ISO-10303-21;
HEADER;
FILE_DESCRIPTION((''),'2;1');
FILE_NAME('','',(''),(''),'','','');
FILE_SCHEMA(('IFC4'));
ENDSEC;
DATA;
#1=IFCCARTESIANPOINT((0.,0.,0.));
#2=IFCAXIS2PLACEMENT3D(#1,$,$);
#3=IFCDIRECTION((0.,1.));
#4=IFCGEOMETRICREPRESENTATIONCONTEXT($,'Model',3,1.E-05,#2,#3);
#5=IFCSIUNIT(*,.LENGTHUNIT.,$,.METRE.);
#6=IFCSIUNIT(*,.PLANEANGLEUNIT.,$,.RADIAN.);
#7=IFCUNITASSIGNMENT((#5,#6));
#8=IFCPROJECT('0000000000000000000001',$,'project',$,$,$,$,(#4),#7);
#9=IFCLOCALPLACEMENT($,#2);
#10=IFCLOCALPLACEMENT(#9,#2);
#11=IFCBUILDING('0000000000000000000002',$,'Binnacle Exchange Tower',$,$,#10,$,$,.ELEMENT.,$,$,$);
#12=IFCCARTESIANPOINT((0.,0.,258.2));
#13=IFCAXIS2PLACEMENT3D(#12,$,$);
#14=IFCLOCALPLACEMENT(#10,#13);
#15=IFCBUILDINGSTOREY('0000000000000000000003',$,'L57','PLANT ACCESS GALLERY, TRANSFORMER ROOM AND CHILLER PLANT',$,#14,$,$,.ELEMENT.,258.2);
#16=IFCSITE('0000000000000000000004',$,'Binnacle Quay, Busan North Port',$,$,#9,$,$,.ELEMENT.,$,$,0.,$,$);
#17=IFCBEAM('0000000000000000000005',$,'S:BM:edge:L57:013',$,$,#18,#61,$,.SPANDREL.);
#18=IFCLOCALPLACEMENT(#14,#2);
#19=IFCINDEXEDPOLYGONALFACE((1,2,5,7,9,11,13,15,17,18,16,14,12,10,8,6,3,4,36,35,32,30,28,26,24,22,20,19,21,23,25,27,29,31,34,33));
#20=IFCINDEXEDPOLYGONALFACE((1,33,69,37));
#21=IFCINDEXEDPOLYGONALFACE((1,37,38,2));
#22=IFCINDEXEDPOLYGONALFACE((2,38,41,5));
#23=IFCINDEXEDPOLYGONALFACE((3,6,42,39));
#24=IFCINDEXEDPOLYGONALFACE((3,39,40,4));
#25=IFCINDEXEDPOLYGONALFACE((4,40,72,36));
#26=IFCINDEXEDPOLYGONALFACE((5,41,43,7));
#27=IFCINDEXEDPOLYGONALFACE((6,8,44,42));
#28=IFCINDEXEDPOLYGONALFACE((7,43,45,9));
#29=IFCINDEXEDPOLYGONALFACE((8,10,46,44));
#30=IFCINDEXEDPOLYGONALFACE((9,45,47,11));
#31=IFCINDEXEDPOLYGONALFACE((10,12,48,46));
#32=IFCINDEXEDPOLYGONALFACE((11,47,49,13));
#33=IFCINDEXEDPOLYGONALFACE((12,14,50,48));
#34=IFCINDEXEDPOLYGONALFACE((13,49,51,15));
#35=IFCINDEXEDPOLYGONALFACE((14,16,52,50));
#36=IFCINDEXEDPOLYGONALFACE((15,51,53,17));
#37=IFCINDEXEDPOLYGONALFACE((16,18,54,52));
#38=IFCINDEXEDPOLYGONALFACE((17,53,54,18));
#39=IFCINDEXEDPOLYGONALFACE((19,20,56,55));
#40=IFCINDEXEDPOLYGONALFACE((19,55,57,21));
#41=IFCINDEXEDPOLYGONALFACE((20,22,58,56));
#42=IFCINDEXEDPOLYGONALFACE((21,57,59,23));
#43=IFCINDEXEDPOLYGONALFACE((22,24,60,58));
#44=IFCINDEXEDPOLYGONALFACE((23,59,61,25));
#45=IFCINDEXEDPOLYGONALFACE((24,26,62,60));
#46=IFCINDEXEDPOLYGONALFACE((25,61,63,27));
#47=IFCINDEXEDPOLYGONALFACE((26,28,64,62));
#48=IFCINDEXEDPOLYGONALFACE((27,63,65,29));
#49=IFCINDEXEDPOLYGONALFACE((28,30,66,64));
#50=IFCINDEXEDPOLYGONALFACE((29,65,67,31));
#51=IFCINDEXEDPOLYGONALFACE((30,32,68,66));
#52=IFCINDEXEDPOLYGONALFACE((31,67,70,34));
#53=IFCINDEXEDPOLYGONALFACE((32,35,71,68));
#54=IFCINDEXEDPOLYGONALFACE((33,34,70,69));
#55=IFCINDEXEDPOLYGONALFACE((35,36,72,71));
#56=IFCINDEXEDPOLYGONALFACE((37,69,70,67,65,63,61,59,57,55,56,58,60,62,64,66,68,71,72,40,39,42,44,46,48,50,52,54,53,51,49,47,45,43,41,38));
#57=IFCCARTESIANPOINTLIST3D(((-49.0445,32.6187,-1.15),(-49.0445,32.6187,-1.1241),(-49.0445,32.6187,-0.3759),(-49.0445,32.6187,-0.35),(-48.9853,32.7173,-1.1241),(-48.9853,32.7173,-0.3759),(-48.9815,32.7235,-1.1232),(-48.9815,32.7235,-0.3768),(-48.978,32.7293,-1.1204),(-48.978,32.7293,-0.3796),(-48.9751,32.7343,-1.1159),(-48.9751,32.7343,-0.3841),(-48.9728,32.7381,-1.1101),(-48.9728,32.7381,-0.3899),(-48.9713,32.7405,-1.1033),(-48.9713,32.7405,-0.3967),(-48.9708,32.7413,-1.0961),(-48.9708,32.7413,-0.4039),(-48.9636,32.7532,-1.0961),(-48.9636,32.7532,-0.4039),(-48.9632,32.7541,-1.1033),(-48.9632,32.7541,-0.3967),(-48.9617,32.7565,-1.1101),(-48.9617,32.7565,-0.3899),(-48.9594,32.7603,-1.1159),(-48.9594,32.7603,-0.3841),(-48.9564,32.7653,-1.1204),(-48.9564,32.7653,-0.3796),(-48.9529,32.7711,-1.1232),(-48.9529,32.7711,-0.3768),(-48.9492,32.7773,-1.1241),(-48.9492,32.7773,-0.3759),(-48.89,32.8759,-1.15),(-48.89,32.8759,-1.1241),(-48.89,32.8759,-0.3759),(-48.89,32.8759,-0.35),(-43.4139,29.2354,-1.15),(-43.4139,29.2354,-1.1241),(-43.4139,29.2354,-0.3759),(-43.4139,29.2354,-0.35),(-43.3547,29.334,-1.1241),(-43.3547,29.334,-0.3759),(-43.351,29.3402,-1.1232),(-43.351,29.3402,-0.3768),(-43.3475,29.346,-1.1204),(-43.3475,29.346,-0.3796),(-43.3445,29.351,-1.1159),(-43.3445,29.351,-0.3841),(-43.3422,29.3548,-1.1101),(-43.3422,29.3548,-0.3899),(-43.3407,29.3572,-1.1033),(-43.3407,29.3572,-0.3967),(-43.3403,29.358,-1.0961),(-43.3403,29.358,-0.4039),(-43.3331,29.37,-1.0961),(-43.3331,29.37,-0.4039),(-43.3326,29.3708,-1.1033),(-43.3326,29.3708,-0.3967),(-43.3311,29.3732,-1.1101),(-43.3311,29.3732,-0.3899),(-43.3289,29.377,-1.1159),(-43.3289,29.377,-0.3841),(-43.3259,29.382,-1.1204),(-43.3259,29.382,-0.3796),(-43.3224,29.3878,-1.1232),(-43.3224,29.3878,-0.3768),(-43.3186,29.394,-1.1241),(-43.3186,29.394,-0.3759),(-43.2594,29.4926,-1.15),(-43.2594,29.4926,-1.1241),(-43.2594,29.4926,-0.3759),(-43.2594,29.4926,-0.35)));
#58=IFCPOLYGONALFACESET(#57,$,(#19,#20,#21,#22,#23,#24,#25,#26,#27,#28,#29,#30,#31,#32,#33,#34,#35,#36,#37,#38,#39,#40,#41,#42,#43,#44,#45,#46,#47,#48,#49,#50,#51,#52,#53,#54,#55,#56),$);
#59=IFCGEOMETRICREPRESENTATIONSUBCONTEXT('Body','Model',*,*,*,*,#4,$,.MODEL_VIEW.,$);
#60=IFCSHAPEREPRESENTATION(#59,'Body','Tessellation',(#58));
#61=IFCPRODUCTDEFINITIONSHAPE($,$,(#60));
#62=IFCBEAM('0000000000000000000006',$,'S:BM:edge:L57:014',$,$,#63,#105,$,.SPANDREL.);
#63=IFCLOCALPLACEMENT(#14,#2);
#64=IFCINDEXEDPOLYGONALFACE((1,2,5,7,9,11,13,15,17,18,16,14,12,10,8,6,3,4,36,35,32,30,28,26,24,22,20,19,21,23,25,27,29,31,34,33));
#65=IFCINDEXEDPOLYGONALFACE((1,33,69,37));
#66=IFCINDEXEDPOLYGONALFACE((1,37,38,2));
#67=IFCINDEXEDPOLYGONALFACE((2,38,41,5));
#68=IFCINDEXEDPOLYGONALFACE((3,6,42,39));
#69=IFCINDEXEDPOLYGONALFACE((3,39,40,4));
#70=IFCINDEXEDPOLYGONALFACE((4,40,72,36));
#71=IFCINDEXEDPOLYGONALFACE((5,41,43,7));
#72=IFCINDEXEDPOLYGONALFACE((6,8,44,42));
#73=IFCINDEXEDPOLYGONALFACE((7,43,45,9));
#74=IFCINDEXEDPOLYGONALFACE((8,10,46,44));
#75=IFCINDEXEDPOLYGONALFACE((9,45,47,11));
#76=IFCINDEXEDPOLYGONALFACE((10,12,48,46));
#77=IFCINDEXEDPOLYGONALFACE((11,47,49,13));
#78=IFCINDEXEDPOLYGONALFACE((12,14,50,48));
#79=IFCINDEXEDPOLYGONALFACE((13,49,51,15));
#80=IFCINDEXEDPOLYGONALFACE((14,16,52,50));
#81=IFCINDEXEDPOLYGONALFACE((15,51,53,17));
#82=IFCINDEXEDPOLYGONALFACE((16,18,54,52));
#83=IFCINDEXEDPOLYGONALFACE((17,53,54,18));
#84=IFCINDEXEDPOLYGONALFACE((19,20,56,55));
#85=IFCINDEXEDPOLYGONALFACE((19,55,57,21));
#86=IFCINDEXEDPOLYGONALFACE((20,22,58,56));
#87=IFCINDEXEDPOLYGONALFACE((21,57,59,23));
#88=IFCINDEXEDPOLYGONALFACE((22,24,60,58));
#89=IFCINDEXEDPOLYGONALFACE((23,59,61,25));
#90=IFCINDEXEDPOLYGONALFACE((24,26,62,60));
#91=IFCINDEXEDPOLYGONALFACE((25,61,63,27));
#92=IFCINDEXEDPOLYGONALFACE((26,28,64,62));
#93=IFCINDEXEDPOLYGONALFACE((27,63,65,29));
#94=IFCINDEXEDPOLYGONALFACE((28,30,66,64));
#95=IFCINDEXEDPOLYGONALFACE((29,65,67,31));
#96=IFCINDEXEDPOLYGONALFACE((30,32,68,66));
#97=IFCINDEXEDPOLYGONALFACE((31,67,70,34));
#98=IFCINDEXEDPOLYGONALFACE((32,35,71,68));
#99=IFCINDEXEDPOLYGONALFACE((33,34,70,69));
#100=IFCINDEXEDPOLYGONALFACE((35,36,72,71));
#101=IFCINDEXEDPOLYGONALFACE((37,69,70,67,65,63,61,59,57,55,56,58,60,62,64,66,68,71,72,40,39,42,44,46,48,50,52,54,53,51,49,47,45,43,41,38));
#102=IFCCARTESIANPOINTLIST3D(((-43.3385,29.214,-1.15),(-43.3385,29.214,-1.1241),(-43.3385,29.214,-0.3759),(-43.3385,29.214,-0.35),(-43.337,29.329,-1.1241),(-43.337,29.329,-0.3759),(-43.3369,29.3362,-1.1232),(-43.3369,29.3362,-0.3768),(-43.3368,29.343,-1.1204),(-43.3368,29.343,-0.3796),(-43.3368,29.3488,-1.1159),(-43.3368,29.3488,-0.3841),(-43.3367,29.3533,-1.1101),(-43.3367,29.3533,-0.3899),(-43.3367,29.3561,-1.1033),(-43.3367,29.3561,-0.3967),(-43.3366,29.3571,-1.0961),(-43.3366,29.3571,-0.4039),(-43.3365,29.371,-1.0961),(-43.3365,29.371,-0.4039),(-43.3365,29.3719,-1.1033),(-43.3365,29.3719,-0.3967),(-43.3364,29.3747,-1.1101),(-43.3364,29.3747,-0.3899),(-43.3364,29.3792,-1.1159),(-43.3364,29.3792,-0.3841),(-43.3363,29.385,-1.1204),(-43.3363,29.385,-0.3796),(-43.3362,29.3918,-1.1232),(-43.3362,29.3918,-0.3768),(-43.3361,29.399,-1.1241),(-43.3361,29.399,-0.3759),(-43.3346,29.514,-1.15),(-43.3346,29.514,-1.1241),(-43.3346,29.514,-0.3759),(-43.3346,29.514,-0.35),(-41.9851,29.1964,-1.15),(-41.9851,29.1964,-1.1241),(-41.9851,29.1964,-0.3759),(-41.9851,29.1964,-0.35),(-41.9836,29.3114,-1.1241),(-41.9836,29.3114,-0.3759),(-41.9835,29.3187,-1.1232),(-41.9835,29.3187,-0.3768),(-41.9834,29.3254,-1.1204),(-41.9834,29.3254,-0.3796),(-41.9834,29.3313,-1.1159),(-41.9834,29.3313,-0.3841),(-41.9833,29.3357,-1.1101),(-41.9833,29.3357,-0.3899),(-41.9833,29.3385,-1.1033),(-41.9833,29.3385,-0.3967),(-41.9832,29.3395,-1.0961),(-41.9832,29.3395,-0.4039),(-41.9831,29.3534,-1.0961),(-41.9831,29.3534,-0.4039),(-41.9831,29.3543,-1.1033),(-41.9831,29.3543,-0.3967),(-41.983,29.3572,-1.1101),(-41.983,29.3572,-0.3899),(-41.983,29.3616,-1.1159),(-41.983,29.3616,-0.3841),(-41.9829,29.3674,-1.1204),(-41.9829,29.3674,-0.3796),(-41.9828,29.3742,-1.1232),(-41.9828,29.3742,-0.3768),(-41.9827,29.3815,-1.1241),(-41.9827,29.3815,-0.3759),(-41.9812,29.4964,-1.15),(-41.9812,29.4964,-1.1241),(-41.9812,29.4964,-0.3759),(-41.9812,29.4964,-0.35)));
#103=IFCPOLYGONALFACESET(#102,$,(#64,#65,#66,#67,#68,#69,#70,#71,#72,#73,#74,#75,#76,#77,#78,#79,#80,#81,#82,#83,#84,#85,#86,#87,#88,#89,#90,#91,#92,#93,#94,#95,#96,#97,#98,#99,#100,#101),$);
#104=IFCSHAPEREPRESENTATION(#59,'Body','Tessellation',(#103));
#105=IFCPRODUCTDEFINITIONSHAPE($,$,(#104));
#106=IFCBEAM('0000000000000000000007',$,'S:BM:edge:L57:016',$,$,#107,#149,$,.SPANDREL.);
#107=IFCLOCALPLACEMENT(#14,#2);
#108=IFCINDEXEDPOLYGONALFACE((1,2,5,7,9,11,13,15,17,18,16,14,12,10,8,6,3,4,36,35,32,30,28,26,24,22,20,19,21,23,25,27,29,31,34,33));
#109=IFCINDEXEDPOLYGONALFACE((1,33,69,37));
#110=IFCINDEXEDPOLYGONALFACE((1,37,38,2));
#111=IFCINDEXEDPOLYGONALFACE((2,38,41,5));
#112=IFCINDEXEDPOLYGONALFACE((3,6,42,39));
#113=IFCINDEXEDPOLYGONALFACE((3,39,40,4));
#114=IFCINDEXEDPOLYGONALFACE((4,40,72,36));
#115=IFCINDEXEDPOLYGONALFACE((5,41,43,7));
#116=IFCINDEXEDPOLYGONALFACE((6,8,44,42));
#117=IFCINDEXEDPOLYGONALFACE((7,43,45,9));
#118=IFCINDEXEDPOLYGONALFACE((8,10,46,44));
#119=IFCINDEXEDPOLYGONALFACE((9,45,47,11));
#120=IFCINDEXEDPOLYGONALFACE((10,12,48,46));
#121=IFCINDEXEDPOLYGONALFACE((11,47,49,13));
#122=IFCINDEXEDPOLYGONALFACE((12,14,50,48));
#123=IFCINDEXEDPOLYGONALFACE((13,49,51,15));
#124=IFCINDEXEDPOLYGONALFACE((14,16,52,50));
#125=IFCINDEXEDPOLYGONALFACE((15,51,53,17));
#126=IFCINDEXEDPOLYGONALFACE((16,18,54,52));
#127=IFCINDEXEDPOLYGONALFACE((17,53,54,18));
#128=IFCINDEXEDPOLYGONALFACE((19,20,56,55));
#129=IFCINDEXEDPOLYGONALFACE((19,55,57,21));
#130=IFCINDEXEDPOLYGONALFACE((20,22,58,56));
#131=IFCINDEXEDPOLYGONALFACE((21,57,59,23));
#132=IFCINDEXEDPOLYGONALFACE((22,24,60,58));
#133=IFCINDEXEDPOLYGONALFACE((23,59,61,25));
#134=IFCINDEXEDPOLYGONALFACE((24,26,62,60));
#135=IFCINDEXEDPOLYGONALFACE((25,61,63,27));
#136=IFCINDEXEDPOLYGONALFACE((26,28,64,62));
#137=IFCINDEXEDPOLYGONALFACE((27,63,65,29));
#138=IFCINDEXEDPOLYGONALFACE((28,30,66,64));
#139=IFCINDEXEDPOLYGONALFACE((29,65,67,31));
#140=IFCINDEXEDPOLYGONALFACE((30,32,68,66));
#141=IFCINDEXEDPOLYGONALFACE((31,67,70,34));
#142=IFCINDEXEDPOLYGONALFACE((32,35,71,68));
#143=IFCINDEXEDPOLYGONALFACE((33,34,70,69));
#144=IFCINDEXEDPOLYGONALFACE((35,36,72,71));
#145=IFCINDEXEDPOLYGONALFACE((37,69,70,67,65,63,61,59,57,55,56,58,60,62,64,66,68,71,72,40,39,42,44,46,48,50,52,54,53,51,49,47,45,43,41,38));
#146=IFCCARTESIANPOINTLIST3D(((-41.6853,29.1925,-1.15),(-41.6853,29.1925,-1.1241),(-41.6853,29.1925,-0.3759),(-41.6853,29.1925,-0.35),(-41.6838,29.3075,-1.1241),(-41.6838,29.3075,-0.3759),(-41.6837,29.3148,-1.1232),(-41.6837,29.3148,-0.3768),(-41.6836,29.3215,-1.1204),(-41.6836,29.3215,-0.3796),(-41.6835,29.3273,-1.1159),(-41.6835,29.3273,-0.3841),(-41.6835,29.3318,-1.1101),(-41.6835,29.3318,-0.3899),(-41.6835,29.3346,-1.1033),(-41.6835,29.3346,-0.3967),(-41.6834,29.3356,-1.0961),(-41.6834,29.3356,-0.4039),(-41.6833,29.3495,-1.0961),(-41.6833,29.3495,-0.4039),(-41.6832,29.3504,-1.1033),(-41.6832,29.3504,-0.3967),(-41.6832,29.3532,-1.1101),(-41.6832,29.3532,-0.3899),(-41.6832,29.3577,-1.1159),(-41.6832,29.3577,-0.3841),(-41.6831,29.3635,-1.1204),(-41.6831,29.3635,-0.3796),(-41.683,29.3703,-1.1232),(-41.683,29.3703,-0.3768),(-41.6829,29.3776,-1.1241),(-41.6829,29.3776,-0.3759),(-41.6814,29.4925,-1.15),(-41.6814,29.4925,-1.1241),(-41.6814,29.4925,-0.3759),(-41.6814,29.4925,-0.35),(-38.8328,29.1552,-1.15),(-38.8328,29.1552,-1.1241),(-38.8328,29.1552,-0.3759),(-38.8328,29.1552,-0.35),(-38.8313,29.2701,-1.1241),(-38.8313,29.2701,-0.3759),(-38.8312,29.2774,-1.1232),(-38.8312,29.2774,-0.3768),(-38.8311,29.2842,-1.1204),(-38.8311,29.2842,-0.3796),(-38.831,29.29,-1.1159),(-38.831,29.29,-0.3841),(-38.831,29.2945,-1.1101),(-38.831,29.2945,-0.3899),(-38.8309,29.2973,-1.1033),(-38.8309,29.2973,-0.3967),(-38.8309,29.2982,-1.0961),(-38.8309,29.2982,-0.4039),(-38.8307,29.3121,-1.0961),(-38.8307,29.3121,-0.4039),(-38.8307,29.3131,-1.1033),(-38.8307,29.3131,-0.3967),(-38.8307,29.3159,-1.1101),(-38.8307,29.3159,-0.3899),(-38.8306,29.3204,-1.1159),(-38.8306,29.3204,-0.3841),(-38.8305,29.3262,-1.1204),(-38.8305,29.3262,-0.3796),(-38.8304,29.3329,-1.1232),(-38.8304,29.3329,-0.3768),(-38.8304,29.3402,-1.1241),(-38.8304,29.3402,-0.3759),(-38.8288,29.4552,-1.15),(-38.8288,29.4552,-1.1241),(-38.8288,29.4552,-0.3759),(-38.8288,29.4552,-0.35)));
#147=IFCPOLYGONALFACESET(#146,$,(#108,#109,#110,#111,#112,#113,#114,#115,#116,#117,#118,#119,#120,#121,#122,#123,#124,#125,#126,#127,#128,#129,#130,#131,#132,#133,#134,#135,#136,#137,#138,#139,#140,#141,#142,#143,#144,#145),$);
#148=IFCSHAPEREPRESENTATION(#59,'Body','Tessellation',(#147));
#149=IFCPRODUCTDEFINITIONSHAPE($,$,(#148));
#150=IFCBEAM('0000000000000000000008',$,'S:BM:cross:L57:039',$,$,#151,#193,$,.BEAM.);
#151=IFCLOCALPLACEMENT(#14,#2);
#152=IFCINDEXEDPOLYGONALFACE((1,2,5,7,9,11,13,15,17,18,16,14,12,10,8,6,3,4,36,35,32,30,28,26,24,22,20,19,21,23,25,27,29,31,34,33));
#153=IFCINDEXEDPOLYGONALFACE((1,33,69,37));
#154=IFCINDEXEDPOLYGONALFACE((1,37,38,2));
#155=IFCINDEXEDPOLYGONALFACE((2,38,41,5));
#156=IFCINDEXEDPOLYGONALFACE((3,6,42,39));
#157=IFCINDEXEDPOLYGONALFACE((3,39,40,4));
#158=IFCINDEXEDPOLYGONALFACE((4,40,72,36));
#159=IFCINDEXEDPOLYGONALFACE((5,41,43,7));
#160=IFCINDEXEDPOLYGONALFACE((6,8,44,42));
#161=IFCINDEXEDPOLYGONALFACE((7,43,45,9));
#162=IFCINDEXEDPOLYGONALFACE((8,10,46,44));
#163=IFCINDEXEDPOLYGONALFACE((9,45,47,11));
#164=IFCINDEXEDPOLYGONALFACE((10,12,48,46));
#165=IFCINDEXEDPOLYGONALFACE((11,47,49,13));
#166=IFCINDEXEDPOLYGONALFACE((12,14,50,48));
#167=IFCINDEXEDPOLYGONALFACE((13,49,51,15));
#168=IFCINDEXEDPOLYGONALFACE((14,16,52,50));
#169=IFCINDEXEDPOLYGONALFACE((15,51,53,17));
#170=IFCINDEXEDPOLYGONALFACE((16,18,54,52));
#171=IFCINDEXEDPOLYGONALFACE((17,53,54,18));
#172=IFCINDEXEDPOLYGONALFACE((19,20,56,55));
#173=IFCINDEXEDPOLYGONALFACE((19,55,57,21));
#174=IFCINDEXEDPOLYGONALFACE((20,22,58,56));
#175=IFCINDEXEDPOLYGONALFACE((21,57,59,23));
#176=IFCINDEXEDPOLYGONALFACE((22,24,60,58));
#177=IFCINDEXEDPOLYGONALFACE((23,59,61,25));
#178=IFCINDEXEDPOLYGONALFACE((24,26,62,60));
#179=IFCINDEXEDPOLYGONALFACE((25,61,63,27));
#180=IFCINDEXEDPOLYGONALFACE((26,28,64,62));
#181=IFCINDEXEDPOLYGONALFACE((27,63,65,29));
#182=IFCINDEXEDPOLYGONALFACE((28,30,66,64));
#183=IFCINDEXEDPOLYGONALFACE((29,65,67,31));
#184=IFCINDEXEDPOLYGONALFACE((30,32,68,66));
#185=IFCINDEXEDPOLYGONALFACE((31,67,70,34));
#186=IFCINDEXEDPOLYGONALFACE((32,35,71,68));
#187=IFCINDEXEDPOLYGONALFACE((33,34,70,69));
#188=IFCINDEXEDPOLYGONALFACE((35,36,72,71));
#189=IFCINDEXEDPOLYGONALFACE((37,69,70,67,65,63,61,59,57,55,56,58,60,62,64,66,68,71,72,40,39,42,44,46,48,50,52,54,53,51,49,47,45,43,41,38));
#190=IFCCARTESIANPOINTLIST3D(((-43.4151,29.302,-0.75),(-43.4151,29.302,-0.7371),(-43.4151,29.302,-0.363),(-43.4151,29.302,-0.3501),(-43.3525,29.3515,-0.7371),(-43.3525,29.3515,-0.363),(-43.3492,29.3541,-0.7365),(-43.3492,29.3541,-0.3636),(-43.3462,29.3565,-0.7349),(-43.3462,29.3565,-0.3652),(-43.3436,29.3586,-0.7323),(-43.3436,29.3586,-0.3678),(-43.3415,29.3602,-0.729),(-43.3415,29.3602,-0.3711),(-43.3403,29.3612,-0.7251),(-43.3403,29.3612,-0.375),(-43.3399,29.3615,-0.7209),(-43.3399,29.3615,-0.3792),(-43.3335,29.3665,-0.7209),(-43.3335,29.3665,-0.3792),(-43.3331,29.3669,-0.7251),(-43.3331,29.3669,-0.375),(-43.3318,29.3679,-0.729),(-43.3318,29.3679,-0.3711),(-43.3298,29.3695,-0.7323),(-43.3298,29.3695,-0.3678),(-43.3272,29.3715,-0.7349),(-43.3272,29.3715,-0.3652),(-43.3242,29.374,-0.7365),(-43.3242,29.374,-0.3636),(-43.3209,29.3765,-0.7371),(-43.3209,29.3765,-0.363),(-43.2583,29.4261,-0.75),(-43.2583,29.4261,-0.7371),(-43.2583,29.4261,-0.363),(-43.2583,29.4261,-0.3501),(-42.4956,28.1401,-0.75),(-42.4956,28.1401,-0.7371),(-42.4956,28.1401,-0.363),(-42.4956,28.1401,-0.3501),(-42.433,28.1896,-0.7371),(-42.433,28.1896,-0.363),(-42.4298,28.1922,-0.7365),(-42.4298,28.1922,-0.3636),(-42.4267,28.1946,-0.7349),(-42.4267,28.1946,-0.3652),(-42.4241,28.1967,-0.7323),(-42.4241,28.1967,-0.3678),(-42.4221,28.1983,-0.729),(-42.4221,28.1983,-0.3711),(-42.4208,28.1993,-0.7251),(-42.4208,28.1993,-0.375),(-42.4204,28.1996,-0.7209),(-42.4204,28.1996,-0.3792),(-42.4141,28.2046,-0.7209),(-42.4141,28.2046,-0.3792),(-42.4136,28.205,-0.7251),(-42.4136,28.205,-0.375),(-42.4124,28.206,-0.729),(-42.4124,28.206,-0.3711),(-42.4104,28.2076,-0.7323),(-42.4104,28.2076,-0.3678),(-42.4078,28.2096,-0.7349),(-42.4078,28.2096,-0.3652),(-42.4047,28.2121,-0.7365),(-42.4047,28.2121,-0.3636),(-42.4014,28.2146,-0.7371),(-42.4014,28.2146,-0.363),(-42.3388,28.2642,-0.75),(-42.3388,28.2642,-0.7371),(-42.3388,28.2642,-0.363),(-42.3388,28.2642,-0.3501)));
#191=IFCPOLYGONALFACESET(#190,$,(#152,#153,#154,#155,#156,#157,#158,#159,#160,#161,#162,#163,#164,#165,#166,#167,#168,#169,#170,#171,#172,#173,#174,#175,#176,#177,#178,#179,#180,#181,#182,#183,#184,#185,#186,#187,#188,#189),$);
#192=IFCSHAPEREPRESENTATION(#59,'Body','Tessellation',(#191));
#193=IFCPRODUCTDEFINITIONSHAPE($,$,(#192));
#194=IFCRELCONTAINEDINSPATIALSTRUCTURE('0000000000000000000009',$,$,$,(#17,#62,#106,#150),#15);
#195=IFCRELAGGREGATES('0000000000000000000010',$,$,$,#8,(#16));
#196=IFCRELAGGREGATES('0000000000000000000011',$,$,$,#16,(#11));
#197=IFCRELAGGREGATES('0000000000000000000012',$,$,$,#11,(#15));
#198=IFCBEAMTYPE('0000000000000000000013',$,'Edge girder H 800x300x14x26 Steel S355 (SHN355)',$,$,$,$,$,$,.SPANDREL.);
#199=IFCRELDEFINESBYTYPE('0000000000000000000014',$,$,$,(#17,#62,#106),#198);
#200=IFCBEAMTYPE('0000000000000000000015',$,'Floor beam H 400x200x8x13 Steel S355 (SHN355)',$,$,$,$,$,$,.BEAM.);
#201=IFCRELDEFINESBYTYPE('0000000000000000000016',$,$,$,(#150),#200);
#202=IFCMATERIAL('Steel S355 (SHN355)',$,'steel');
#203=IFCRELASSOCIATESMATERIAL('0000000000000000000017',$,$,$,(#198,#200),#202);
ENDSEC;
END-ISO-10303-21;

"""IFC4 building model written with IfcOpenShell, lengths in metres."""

from ifc_helpers import new_model, si_unit, direction, frame, origin, origin_2d, place, context, subcontext, project, spatial, i_section, extrude, material, material_profile, profile_set, type_object, element, save


model = new_model("IFC4")

# Units and contexts
model_context = context("Model", 3, precision=1e-05, world=origin(), true_north=direction((0.0, 1.0)))
body_context = subcontext(model_context, "Body", "Model", "MODEL_VIEW")
ifc_project = project(units=[si_unit("LENGTHUNIT", "METRE"), si_unit("PLANEANGLEUNIT", "RADIAN")], contexts=[model_context])

# Site, building, storey
site_placement = place(None, origin())
site = spatial("IfcSite", under=ifc_project, at=site_placement, Name="Binnacle Quay, Busan North Port", CompositionType="ELEMENT", RefElevation=0.0)
building_placement = place(site_placement, origin())
building = spatial("IfcBuilding", under=site, at=building_placement, Name="Binnacle Exchange Tower", CompositionType="ELEMENT")
storey_placement = place(building_placement, frame((0.0, 0.0, 258.2)))
storey = spatial("IfcBuildingStorey", under=building, at=storey_placement, Name="L57", Description="PLANT ACCESS GALLERY, TRANSFORMER ROOM AND CHILLER PLANT", CompositionType="ELEMENT", Elevation=258.2)

# Shared definitions
ifc_material_1 = material(Name="Steel S355 (SHN355)", Category="steel")

# Beams
ifc_material_profile_1 = material_profile(ifc_material_1, i_section(OverallWidth=0.3, OverallDepth=0.8, WebThickness=0.0139, FlangeThickness=0.0259, FilletRadius=0.0281, at=origin_2d()), Name="H 800x300x14x26")
ifc_profile_set_1 = profile_set([ifc_material_profile_1], Name="Steel S355 (SHN355)")
beam_type_1 = type_object("IfcBeamType", Name="Edge girder H 800x300x14x26 Steel S355 (SHN355)", PredefinedType="SPANDREL", material=ifc_profile_set_1)
beam_1_placement = place(storey_placement, frame((-43.3367, 29.364, -0.75), z_axis=(-0.857162, 0.515048, 0.0), x_axis=(-0.515048, -0.857162, 0.0)))
element("IfcBeam", 1, at=beam_1_placement, inside=storey, type_object=beam_type_1, Name="S:BM:edge:L57:013", PredefinedType="SPANDREL", context=body_context, shape_type="SweptSolid", body=[
    extrude(i_section(OverallWidth=0.3, OverallDepth=0.8, WebThickness=0.0139, FlangeThickness=0.0259, FilletRadius=0.0281, at=origin_2d()), origin(), (0.0, 0.0, 1.0), 6.5688),
])
beam_2_placement = place(storey_placement, frame((-41.9832, 29.3464, -0.75), z_axis=(-0.999916, 0.012986, 0.0), x_axis=(-0.012986, -0.999916, 0.0)))
element("IfcBeam", 2, at=beam_2_placement, inside=storey, type_object=beam_type_1, Name="S:BM:edge:L57:014", PredefinedType="SPANDREL", context=body_context, shape_type="SweptSolid", body=[
    extrude(i_section(OverallWidth=0.3, OverallDepth=0.8, WebThickness=0.0139, FlangeThickness=0.0259, FilletRadius=0.0281, at=origin_2d()), origin(), (0.0, 0.0, 1.0), 1.3535),
])
beam_3_placement = place(storey_placement, frame((-38.8308, 29.3052, -0.75), z_axis=(-0.999914, 0.013094, 0.0), x_axis=(-0.013094, -0.999914, 0.0)))
element("IfcBeam", 3, at=beam_3_placement, inside=storey, type_object=beam_type_1, Name="S:BM:edge:L57:016", PredefinedType="SPANDREL", context=body_context, shape_type="SweptSolid", body=[
    extrude(i_section(OverallWidth=0.3, OverallDepth=0.8, WebThickness=0.0139, FlangeThickness=0.0259, FilletRadius=0.0281, at=origin_2d()), origin(), (0.0, 0.0, 1.0), 2.8528),
])
ifc_material_profile_2 = material_profile(ifc_material_1, i_section(OverallWidth=0.2, OverallDepth=0.3999, WebThickness=0.0081, FlangeThickness=0.0129, FilletRadius=0.0161, at=origin_2d()), Name="H 400x200x8x13")
ifc_profile_set_2 = profile_set([ifc_material_profile_2], Name="Steel S355 (SHN355)")
beam_type_2 = type_object("IfcBeamType", Name="Floor beam H 400x200x8x13 Steel S355 (SHN355)", PredefinedType="BEAM", material=ifc_profile_set_2)
beam_4_placement = place(storey_placement, frame((-42.4172, 28.2021, -0.55), z_axis=(-0.620547, 0.784169, 0.0), x_axis=(-0.784169, -0.620547, 0.0)))
element("IfcBeam", 4, at=beam_4_placement, inside=storey, type_object=beam_type_2, Name="S:BM:cross:L57:039", PredefinedType="BEAM", context=body_context, shape_type="SweptSolid", body=[
    extrude(i_section(OverallWidth=0.2, OverallDepth=0.3999, WebThickness=0.0081, FlangeThickness=0.0129, FilletRadius=0.0161, at=origin_2d()), origin(), (0.0, 0.0, 1.0), 1.4817),
])

save(model, "model.ifc")
